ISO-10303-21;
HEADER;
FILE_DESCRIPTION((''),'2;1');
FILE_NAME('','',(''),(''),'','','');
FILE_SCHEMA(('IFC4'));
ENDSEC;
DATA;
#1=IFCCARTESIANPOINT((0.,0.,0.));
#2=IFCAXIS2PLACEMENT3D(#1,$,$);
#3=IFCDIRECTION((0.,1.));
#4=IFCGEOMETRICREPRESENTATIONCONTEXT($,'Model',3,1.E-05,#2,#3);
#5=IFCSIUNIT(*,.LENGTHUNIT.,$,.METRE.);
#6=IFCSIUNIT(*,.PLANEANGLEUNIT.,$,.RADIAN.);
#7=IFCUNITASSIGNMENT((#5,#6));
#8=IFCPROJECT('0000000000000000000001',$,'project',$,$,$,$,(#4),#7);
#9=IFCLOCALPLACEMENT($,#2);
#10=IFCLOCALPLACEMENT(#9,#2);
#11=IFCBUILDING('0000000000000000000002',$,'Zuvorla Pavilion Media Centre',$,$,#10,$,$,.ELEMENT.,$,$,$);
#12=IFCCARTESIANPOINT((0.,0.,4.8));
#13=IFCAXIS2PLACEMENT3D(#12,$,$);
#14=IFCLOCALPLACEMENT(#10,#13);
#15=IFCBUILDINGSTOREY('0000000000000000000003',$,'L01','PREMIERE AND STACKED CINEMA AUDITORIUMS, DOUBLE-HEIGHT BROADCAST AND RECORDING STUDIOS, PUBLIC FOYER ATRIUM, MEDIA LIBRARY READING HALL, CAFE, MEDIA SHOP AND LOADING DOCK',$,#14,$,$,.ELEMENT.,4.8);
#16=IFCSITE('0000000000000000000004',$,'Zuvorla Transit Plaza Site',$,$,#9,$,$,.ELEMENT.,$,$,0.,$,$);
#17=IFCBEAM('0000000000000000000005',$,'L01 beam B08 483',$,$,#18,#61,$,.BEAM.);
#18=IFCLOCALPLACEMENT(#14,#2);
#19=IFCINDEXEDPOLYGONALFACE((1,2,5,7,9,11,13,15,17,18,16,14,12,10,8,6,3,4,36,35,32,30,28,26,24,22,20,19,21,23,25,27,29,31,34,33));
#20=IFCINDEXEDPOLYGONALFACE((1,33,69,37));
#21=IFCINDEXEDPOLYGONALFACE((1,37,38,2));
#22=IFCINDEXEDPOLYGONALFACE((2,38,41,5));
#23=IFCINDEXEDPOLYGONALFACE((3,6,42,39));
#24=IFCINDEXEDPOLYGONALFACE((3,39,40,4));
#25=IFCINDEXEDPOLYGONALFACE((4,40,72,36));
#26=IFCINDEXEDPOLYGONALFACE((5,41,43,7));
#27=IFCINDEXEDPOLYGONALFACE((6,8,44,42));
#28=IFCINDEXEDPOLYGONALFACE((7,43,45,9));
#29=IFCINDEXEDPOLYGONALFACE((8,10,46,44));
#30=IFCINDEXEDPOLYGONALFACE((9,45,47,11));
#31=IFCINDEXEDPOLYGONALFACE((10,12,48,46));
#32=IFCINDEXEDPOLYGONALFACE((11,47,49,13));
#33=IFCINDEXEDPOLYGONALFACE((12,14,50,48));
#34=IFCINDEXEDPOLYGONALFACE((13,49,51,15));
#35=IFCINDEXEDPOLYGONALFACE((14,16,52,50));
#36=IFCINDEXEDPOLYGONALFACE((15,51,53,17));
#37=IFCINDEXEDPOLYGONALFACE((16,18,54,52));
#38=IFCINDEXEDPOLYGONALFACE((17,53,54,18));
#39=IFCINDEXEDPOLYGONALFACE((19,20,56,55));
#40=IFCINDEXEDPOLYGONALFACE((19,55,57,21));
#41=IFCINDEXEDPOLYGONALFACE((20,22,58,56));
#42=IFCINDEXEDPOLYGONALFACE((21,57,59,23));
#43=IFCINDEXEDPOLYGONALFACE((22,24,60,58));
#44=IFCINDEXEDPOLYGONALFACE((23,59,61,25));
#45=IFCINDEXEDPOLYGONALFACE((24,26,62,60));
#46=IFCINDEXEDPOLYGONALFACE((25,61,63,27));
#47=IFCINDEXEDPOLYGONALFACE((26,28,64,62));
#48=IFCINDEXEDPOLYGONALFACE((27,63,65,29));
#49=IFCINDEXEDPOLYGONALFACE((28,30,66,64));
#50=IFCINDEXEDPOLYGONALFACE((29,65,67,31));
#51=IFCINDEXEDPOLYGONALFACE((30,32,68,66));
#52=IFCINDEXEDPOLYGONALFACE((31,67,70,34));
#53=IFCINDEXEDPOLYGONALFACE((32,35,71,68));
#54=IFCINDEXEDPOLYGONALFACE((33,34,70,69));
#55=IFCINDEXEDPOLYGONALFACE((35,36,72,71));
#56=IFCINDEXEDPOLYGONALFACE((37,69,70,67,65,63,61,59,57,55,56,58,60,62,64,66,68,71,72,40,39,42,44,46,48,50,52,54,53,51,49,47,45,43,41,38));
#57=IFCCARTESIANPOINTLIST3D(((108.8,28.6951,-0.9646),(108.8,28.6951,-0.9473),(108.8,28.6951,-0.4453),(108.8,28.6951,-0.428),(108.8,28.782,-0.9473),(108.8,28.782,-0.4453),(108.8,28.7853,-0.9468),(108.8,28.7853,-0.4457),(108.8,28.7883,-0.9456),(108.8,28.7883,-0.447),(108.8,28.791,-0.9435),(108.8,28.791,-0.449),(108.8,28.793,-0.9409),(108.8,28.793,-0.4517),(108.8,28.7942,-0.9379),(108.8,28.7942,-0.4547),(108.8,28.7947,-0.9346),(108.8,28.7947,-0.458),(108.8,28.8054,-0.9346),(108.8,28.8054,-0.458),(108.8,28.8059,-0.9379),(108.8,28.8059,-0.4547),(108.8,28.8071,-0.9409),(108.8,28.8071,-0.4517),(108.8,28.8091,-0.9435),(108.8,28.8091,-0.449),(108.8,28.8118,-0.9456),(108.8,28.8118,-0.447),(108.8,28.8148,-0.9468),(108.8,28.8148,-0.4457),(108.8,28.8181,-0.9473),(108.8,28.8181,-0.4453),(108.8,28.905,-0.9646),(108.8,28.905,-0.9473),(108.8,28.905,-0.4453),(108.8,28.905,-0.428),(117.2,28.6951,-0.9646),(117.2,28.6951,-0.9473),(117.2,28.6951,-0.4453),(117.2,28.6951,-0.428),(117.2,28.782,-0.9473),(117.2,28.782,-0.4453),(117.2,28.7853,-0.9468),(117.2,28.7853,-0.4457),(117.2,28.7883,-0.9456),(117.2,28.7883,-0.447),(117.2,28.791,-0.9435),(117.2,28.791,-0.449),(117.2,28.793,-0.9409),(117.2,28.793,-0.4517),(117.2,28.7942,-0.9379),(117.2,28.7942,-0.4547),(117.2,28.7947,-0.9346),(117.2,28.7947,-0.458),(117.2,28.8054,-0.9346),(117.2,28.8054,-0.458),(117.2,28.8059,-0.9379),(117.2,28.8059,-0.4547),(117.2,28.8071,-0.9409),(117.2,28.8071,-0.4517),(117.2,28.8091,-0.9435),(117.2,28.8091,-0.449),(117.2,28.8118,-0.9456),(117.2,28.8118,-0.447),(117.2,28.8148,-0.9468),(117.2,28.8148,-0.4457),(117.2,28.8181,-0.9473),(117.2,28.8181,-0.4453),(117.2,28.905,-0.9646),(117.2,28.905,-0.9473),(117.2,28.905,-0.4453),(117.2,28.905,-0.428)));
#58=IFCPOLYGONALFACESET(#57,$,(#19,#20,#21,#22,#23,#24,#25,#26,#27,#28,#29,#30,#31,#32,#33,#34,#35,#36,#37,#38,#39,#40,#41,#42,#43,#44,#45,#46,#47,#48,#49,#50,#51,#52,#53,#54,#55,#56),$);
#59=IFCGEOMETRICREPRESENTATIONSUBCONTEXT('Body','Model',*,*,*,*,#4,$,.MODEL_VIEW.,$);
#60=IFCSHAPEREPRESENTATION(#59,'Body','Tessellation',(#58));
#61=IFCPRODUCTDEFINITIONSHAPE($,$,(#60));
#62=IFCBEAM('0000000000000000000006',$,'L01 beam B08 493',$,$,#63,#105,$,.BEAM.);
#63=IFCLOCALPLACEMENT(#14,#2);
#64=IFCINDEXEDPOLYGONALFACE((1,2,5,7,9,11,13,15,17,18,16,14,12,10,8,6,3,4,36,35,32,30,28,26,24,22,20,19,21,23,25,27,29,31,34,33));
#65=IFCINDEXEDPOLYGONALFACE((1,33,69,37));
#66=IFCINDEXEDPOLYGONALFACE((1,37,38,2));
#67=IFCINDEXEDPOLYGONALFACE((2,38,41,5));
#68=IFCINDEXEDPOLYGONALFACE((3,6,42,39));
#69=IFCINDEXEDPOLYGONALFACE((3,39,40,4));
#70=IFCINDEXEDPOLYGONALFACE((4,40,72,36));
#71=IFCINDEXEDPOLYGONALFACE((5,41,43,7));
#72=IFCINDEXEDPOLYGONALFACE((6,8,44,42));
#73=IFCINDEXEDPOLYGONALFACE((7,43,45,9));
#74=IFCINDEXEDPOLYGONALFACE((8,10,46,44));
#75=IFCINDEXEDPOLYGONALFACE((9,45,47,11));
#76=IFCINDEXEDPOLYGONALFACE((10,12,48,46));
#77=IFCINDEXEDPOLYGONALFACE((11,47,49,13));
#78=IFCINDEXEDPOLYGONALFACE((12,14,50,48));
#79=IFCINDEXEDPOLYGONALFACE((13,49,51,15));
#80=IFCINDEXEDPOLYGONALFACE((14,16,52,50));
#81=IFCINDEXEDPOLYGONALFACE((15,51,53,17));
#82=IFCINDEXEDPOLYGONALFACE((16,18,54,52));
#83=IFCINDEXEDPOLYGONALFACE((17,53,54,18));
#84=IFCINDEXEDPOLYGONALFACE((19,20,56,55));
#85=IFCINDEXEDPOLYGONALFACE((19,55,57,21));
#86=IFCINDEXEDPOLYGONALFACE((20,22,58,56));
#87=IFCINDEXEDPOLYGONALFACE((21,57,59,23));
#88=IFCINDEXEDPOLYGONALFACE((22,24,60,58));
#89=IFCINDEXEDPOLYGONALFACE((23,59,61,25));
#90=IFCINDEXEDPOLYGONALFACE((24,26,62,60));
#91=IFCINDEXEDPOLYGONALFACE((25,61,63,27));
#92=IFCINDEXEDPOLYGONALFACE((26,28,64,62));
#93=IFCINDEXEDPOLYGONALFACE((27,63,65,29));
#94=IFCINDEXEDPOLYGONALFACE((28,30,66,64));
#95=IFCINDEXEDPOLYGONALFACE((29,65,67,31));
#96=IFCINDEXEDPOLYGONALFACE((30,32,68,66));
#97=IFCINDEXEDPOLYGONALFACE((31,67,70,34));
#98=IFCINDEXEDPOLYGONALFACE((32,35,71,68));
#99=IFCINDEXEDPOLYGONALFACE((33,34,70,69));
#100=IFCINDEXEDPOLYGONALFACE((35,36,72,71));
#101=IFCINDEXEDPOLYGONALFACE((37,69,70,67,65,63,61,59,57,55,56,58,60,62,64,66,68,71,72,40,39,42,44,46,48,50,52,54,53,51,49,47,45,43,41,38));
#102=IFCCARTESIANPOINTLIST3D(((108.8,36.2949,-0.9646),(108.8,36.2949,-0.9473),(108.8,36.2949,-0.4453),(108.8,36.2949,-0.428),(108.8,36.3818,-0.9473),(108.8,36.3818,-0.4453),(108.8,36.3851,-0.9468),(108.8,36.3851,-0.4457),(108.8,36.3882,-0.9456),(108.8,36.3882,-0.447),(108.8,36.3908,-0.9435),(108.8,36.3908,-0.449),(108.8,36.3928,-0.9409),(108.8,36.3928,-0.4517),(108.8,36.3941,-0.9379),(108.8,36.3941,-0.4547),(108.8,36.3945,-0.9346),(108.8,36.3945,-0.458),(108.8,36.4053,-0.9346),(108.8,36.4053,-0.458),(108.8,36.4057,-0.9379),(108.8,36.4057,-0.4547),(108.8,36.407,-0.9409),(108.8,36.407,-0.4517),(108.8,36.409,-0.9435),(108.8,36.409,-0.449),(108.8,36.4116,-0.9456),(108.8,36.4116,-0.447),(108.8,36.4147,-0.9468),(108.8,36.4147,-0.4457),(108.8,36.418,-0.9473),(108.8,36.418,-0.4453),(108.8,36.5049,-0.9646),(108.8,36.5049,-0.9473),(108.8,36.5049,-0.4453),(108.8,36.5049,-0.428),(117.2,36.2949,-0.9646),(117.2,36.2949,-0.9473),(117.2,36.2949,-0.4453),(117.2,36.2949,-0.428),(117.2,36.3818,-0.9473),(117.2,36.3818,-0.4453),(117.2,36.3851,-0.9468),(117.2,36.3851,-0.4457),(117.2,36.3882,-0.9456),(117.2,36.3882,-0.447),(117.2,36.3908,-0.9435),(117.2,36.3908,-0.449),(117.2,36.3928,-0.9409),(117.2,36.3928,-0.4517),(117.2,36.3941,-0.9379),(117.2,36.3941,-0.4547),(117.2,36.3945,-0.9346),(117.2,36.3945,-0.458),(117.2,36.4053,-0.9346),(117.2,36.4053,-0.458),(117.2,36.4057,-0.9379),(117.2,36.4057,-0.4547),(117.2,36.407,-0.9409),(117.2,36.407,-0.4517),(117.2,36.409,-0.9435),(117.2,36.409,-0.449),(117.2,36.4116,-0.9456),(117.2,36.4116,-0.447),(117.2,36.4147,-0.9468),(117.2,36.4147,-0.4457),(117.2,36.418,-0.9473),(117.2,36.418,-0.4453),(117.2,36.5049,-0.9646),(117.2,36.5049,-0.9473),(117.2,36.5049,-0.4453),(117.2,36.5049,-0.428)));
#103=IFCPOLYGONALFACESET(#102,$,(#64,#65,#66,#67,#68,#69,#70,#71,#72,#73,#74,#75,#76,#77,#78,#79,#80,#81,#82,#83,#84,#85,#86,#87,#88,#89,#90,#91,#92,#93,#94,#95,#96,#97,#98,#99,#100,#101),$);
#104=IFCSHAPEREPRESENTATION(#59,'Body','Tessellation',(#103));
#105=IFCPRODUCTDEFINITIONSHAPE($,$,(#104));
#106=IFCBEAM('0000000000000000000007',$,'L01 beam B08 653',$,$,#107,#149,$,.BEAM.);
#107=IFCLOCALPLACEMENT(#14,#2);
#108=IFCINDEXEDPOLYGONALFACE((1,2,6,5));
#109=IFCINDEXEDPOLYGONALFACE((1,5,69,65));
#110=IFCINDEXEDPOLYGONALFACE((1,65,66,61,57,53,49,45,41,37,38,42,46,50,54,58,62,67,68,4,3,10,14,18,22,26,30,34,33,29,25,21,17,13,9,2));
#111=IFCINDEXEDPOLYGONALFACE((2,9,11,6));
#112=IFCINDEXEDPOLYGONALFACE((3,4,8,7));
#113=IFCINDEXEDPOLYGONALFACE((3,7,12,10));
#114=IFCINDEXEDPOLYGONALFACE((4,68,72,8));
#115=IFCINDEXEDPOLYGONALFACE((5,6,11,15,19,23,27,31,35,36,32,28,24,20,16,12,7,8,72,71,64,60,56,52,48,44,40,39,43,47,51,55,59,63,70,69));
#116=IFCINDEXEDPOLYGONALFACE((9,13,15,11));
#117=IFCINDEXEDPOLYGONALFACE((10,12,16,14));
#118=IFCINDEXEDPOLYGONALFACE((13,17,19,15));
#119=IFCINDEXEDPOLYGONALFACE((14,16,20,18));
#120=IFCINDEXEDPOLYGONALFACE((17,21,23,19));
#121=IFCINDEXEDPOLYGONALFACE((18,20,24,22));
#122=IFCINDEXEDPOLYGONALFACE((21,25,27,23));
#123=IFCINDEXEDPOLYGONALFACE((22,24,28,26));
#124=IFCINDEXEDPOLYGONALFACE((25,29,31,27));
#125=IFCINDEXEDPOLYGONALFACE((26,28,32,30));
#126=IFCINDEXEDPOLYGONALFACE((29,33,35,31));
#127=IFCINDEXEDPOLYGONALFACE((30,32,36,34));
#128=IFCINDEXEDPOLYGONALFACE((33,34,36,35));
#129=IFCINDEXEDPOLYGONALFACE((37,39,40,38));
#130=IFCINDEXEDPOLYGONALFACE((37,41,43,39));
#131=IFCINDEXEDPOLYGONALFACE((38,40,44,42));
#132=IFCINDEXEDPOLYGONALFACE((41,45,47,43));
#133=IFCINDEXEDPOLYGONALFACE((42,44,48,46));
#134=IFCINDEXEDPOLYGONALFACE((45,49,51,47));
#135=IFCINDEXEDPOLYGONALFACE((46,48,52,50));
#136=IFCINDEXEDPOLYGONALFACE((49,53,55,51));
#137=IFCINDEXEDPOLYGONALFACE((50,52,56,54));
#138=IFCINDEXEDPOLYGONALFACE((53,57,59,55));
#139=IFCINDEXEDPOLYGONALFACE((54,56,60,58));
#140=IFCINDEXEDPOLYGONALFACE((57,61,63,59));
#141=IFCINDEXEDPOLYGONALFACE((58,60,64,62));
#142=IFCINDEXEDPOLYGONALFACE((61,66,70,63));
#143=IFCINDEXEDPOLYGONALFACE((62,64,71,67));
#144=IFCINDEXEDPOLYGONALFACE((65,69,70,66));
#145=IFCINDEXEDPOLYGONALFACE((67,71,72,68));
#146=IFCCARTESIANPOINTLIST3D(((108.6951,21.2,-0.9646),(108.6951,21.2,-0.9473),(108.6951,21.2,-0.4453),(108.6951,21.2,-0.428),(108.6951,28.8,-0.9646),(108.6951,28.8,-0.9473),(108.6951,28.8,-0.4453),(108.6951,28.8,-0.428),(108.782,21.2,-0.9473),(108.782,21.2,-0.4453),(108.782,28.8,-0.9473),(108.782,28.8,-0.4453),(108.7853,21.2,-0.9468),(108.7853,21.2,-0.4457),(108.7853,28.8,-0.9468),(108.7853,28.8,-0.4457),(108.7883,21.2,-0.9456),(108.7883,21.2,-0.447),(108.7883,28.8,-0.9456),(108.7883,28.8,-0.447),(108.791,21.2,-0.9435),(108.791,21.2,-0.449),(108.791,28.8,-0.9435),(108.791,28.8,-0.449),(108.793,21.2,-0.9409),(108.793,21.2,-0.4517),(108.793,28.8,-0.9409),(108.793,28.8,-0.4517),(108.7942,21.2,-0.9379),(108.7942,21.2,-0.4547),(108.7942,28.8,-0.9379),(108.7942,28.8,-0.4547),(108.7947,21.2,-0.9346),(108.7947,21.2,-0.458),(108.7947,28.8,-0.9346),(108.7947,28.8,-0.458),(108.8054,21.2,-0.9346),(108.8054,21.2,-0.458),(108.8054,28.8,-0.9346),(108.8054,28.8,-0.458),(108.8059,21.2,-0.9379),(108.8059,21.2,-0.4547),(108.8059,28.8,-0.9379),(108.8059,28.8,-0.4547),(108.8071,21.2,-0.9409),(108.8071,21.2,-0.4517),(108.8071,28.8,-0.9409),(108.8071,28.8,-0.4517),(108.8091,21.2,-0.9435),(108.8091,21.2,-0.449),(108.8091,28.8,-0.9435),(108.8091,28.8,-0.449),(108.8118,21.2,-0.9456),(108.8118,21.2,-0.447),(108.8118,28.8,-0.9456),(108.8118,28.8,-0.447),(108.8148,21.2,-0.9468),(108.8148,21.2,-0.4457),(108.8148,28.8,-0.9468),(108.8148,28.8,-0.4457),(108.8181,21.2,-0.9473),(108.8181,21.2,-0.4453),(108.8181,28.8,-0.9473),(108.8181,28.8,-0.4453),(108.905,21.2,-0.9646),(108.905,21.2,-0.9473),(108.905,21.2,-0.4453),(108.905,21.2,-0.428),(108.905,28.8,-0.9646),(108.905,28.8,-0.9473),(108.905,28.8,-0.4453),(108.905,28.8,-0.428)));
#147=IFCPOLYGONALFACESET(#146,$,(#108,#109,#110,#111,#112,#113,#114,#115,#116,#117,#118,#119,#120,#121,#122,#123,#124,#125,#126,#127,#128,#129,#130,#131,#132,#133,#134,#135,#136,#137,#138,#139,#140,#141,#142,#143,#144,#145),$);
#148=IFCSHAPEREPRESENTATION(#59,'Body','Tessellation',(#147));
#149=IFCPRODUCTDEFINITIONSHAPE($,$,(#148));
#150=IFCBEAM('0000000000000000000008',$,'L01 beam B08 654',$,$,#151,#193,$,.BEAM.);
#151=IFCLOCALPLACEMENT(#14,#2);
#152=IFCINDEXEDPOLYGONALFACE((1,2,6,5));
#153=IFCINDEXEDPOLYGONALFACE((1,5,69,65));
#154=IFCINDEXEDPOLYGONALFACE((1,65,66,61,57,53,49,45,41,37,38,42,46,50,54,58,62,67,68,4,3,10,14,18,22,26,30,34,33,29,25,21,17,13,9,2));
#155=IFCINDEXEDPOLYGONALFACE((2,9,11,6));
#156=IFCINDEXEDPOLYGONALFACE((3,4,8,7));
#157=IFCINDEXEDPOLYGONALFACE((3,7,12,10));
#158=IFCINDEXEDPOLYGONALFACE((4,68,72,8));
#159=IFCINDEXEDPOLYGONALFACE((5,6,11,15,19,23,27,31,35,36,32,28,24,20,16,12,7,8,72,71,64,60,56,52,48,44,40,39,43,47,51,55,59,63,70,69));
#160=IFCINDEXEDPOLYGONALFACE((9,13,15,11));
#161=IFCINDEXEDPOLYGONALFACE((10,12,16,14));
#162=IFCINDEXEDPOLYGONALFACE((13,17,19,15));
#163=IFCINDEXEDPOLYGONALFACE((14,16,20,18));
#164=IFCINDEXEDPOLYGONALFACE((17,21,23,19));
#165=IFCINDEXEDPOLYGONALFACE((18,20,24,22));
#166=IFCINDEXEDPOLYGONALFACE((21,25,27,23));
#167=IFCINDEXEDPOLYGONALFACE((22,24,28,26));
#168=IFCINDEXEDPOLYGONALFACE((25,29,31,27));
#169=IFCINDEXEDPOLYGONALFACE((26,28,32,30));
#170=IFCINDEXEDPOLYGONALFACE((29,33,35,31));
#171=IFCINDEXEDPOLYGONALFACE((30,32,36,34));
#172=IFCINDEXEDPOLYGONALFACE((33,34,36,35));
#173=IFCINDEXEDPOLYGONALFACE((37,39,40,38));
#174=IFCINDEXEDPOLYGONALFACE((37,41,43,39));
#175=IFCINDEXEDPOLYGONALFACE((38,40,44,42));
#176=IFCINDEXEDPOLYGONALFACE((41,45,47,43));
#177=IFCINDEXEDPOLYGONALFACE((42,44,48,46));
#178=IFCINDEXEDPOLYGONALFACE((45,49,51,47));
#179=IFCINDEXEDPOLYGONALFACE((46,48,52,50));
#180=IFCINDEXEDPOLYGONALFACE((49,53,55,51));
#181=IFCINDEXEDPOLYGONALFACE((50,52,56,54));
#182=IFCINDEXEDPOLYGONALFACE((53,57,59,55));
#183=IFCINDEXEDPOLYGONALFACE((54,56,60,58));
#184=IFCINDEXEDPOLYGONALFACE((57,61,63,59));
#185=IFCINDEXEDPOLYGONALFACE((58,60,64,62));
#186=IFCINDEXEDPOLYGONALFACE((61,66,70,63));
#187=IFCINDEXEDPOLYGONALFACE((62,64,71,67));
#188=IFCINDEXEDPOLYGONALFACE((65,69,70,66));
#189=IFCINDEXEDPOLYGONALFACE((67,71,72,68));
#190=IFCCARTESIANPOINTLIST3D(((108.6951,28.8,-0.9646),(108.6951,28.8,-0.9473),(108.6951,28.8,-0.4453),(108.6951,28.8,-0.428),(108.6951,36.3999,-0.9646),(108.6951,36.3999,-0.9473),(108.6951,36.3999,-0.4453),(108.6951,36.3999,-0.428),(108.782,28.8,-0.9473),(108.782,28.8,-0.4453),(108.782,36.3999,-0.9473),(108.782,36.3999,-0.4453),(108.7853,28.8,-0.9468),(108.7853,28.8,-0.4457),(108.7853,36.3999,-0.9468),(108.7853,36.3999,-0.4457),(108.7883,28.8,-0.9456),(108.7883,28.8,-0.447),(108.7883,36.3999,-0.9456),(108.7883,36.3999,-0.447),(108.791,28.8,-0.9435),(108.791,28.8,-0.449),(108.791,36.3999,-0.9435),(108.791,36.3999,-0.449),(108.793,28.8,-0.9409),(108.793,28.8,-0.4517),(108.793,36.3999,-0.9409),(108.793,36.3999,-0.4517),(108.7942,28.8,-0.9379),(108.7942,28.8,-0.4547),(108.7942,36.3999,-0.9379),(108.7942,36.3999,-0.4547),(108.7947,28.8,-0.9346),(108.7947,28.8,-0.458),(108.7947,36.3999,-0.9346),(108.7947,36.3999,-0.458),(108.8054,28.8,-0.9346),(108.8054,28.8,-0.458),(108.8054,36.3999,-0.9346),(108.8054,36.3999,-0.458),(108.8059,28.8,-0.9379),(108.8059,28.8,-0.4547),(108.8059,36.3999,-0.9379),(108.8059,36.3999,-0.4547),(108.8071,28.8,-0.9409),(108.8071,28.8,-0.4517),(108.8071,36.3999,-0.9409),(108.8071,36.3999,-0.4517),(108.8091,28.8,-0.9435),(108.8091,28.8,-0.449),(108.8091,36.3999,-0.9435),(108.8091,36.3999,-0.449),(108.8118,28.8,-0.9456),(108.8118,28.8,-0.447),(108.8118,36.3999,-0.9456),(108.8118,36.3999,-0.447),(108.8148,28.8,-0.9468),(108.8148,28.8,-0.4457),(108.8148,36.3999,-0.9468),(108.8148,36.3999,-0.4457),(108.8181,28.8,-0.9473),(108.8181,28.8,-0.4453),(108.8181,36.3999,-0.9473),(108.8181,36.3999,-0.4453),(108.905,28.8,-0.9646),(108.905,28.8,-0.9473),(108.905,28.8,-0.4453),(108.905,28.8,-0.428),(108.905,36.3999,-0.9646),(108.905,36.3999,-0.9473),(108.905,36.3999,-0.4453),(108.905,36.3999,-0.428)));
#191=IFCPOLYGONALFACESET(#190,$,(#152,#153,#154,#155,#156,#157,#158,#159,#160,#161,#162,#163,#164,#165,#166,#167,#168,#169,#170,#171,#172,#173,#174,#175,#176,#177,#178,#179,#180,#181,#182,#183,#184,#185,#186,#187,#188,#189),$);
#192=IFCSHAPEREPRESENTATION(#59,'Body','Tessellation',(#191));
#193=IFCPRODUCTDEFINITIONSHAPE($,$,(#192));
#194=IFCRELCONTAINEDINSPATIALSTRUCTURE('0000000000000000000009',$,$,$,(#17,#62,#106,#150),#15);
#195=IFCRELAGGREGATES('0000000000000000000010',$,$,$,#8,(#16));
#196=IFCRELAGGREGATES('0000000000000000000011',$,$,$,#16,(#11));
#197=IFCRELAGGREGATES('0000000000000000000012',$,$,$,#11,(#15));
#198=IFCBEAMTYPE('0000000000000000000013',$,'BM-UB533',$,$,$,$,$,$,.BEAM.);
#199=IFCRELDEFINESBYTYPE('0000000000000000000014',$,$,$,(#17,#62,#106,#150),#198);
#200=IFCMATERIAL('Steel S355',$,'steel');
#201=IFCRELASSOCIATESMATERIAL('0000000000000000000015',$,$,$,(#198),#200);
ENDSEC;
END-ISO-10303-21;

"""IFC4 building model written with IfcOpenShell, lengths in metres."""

from ifc_helpers import new_model, si_unit, direction, frame, origin, origin_2d, place, context, subcontext, project, spatial, i_section, extrude, material, material_profile, profile_set, type_object, element, save


model = new_model("IFC4")

# Units and contexts
model_context = context("Model", 3, precision=1e-05, world=origin(), true_north=direction((0.0, 1.0)))
body_context = subcontext(model_context, "Body", "Model", "MODEL_VIEW")
ifc_project = project(units=[si_unit("LENGTHUNIT", "METRE"), si_unit("PLANEANGLEUNIT", "RADIAN")], contexts=[model_context])

# Site, building, storey
site_placement = place(None, origin())
site = spatial("IfcSite", under=ifc_project, at=site_placement, Name="Zuvorla Transit Plaza Site", CompositionType="ELEMENT", RefElevation=0.0)
building_placement = place(site_placement, origin())
building = spatial("IfcBuilding", under=site, at=building_placement, Name="Zuvorla Pavilion Media Centre", CompositionType="ELEMENT")
storey_placement = place(building_placement, frame((0.0, 0.0, 4.8)))
storey = spatial("IfcBuildingStorey", under=building, at=storey_placement, Name="L01", Description="PREMIERE AND STACKED CINEMA AUDITORIUMS, DOUBLE-HEIGHT BROADCAST AND RECORDING STUDIOS, PUBLIC FOYER ATRIUM, MEDIA LIBRARY READING HALL, CAFE, MEDIA SHOP AND LOADING DOCK", CompositionType="ELEMENT", Elevation=4.8)

# Shared definitions
ifc_material_1 = material(Name="Steel S355", Category="steel")

# Beams
ifc_material_profile_1 = material_profile(ifc_material_1, i_section(OverallWidth=0.21, OverallDepth=0.5366, WebThickness=0.0107, FlangeThickness=0.0173, FilletRadius=0.0127, at=origin_2d()), Name="UB 533x210x101")
ifc_profile_set_1 = profile_set([ifc_material_profile_1], Name="Steel S355")
beam_type_1 = type_object("IfcBeamType", Name="BM-UB533", PredefinedType="BEAM", material=ifc_profile_set_1)
for number, where, z_axis, x_axis, name in (
    (1, (108.8, 28.8, -0.6963), (1.0, 0.0, 0.0), (0.0, 1.0, 0.0), "L01 beam B08 483"),
    (2, (108.8, 36.3999, -0.6963), (1.0, 0.0, 0.0), (0.0, 1.0, 0.0), "L01 beam B08 493"),
):
    element("IfcBeam", number, at=place(storey_placement, frame(where, z_axis=z_axis, x_axis=x_axis)), inside=storey, type_object=beam_type_1, Name=name, PredefinedType="BEAM", context=body_context, shape_type="SweptSolid", body=[
        extrude(i_section(OverallWidth=0.21, OverallDepth=0.5366, WebThickness=0.0107, FlangeThickness=0.0173, FilletRadius=0.0127, at=origin_2d()), origin(), (0.0, 0.0, 1.0), 8.3999),
    ])
beam_1_placement = place(storey_placement, frame((108.8, 21.2, -0.6963), z_axis=(0.0, 1.0, 0.0), x_axis=(-1.0, 0.0, 0.0)))
element("IfcBeam", 3, at=beam_1_placement, inside=storey, type_object=beam_type_1, Name="L01 beam B08 653", PredefinedType="BEAM", context=body_context, shape_type="SweptSolid", body=[
    extrude(i_section(OverallWidth=0.21, OverallDepth=0.5366, WebThickness=0.0107, FlangeThickness=0.0173, FilletRadius=0.0127, at=origin_2d()), origin(), (0.0, 0.0, 1.0), 7.6001),
])
beam_2_placement = place(storey_placement, frame((108.8, 28.8, -0.6963), z_axis=(0.0, 1.0, 0.0), x_axis=(-1.0, 0.0, 0.0)))
element("IfcBeam", 4, at=beam_2_placement, inside=storey, type_object=beam_type_1, Name="L01 beam B08 654", PredefinedType="BEAM", context=body_context, shape_type="SweptSolid", body=[
    extrude(i_section(OverallWidth=0.21, OverallDepth=0.5366, WebThickness=0.0107, FlangeThickness=0.0173, FilletRadius=0.0127, at=origin_2d()), origin(), (0.0, 0.0, 1.0), 7.5999),
])

save(model, "model.ifc")
